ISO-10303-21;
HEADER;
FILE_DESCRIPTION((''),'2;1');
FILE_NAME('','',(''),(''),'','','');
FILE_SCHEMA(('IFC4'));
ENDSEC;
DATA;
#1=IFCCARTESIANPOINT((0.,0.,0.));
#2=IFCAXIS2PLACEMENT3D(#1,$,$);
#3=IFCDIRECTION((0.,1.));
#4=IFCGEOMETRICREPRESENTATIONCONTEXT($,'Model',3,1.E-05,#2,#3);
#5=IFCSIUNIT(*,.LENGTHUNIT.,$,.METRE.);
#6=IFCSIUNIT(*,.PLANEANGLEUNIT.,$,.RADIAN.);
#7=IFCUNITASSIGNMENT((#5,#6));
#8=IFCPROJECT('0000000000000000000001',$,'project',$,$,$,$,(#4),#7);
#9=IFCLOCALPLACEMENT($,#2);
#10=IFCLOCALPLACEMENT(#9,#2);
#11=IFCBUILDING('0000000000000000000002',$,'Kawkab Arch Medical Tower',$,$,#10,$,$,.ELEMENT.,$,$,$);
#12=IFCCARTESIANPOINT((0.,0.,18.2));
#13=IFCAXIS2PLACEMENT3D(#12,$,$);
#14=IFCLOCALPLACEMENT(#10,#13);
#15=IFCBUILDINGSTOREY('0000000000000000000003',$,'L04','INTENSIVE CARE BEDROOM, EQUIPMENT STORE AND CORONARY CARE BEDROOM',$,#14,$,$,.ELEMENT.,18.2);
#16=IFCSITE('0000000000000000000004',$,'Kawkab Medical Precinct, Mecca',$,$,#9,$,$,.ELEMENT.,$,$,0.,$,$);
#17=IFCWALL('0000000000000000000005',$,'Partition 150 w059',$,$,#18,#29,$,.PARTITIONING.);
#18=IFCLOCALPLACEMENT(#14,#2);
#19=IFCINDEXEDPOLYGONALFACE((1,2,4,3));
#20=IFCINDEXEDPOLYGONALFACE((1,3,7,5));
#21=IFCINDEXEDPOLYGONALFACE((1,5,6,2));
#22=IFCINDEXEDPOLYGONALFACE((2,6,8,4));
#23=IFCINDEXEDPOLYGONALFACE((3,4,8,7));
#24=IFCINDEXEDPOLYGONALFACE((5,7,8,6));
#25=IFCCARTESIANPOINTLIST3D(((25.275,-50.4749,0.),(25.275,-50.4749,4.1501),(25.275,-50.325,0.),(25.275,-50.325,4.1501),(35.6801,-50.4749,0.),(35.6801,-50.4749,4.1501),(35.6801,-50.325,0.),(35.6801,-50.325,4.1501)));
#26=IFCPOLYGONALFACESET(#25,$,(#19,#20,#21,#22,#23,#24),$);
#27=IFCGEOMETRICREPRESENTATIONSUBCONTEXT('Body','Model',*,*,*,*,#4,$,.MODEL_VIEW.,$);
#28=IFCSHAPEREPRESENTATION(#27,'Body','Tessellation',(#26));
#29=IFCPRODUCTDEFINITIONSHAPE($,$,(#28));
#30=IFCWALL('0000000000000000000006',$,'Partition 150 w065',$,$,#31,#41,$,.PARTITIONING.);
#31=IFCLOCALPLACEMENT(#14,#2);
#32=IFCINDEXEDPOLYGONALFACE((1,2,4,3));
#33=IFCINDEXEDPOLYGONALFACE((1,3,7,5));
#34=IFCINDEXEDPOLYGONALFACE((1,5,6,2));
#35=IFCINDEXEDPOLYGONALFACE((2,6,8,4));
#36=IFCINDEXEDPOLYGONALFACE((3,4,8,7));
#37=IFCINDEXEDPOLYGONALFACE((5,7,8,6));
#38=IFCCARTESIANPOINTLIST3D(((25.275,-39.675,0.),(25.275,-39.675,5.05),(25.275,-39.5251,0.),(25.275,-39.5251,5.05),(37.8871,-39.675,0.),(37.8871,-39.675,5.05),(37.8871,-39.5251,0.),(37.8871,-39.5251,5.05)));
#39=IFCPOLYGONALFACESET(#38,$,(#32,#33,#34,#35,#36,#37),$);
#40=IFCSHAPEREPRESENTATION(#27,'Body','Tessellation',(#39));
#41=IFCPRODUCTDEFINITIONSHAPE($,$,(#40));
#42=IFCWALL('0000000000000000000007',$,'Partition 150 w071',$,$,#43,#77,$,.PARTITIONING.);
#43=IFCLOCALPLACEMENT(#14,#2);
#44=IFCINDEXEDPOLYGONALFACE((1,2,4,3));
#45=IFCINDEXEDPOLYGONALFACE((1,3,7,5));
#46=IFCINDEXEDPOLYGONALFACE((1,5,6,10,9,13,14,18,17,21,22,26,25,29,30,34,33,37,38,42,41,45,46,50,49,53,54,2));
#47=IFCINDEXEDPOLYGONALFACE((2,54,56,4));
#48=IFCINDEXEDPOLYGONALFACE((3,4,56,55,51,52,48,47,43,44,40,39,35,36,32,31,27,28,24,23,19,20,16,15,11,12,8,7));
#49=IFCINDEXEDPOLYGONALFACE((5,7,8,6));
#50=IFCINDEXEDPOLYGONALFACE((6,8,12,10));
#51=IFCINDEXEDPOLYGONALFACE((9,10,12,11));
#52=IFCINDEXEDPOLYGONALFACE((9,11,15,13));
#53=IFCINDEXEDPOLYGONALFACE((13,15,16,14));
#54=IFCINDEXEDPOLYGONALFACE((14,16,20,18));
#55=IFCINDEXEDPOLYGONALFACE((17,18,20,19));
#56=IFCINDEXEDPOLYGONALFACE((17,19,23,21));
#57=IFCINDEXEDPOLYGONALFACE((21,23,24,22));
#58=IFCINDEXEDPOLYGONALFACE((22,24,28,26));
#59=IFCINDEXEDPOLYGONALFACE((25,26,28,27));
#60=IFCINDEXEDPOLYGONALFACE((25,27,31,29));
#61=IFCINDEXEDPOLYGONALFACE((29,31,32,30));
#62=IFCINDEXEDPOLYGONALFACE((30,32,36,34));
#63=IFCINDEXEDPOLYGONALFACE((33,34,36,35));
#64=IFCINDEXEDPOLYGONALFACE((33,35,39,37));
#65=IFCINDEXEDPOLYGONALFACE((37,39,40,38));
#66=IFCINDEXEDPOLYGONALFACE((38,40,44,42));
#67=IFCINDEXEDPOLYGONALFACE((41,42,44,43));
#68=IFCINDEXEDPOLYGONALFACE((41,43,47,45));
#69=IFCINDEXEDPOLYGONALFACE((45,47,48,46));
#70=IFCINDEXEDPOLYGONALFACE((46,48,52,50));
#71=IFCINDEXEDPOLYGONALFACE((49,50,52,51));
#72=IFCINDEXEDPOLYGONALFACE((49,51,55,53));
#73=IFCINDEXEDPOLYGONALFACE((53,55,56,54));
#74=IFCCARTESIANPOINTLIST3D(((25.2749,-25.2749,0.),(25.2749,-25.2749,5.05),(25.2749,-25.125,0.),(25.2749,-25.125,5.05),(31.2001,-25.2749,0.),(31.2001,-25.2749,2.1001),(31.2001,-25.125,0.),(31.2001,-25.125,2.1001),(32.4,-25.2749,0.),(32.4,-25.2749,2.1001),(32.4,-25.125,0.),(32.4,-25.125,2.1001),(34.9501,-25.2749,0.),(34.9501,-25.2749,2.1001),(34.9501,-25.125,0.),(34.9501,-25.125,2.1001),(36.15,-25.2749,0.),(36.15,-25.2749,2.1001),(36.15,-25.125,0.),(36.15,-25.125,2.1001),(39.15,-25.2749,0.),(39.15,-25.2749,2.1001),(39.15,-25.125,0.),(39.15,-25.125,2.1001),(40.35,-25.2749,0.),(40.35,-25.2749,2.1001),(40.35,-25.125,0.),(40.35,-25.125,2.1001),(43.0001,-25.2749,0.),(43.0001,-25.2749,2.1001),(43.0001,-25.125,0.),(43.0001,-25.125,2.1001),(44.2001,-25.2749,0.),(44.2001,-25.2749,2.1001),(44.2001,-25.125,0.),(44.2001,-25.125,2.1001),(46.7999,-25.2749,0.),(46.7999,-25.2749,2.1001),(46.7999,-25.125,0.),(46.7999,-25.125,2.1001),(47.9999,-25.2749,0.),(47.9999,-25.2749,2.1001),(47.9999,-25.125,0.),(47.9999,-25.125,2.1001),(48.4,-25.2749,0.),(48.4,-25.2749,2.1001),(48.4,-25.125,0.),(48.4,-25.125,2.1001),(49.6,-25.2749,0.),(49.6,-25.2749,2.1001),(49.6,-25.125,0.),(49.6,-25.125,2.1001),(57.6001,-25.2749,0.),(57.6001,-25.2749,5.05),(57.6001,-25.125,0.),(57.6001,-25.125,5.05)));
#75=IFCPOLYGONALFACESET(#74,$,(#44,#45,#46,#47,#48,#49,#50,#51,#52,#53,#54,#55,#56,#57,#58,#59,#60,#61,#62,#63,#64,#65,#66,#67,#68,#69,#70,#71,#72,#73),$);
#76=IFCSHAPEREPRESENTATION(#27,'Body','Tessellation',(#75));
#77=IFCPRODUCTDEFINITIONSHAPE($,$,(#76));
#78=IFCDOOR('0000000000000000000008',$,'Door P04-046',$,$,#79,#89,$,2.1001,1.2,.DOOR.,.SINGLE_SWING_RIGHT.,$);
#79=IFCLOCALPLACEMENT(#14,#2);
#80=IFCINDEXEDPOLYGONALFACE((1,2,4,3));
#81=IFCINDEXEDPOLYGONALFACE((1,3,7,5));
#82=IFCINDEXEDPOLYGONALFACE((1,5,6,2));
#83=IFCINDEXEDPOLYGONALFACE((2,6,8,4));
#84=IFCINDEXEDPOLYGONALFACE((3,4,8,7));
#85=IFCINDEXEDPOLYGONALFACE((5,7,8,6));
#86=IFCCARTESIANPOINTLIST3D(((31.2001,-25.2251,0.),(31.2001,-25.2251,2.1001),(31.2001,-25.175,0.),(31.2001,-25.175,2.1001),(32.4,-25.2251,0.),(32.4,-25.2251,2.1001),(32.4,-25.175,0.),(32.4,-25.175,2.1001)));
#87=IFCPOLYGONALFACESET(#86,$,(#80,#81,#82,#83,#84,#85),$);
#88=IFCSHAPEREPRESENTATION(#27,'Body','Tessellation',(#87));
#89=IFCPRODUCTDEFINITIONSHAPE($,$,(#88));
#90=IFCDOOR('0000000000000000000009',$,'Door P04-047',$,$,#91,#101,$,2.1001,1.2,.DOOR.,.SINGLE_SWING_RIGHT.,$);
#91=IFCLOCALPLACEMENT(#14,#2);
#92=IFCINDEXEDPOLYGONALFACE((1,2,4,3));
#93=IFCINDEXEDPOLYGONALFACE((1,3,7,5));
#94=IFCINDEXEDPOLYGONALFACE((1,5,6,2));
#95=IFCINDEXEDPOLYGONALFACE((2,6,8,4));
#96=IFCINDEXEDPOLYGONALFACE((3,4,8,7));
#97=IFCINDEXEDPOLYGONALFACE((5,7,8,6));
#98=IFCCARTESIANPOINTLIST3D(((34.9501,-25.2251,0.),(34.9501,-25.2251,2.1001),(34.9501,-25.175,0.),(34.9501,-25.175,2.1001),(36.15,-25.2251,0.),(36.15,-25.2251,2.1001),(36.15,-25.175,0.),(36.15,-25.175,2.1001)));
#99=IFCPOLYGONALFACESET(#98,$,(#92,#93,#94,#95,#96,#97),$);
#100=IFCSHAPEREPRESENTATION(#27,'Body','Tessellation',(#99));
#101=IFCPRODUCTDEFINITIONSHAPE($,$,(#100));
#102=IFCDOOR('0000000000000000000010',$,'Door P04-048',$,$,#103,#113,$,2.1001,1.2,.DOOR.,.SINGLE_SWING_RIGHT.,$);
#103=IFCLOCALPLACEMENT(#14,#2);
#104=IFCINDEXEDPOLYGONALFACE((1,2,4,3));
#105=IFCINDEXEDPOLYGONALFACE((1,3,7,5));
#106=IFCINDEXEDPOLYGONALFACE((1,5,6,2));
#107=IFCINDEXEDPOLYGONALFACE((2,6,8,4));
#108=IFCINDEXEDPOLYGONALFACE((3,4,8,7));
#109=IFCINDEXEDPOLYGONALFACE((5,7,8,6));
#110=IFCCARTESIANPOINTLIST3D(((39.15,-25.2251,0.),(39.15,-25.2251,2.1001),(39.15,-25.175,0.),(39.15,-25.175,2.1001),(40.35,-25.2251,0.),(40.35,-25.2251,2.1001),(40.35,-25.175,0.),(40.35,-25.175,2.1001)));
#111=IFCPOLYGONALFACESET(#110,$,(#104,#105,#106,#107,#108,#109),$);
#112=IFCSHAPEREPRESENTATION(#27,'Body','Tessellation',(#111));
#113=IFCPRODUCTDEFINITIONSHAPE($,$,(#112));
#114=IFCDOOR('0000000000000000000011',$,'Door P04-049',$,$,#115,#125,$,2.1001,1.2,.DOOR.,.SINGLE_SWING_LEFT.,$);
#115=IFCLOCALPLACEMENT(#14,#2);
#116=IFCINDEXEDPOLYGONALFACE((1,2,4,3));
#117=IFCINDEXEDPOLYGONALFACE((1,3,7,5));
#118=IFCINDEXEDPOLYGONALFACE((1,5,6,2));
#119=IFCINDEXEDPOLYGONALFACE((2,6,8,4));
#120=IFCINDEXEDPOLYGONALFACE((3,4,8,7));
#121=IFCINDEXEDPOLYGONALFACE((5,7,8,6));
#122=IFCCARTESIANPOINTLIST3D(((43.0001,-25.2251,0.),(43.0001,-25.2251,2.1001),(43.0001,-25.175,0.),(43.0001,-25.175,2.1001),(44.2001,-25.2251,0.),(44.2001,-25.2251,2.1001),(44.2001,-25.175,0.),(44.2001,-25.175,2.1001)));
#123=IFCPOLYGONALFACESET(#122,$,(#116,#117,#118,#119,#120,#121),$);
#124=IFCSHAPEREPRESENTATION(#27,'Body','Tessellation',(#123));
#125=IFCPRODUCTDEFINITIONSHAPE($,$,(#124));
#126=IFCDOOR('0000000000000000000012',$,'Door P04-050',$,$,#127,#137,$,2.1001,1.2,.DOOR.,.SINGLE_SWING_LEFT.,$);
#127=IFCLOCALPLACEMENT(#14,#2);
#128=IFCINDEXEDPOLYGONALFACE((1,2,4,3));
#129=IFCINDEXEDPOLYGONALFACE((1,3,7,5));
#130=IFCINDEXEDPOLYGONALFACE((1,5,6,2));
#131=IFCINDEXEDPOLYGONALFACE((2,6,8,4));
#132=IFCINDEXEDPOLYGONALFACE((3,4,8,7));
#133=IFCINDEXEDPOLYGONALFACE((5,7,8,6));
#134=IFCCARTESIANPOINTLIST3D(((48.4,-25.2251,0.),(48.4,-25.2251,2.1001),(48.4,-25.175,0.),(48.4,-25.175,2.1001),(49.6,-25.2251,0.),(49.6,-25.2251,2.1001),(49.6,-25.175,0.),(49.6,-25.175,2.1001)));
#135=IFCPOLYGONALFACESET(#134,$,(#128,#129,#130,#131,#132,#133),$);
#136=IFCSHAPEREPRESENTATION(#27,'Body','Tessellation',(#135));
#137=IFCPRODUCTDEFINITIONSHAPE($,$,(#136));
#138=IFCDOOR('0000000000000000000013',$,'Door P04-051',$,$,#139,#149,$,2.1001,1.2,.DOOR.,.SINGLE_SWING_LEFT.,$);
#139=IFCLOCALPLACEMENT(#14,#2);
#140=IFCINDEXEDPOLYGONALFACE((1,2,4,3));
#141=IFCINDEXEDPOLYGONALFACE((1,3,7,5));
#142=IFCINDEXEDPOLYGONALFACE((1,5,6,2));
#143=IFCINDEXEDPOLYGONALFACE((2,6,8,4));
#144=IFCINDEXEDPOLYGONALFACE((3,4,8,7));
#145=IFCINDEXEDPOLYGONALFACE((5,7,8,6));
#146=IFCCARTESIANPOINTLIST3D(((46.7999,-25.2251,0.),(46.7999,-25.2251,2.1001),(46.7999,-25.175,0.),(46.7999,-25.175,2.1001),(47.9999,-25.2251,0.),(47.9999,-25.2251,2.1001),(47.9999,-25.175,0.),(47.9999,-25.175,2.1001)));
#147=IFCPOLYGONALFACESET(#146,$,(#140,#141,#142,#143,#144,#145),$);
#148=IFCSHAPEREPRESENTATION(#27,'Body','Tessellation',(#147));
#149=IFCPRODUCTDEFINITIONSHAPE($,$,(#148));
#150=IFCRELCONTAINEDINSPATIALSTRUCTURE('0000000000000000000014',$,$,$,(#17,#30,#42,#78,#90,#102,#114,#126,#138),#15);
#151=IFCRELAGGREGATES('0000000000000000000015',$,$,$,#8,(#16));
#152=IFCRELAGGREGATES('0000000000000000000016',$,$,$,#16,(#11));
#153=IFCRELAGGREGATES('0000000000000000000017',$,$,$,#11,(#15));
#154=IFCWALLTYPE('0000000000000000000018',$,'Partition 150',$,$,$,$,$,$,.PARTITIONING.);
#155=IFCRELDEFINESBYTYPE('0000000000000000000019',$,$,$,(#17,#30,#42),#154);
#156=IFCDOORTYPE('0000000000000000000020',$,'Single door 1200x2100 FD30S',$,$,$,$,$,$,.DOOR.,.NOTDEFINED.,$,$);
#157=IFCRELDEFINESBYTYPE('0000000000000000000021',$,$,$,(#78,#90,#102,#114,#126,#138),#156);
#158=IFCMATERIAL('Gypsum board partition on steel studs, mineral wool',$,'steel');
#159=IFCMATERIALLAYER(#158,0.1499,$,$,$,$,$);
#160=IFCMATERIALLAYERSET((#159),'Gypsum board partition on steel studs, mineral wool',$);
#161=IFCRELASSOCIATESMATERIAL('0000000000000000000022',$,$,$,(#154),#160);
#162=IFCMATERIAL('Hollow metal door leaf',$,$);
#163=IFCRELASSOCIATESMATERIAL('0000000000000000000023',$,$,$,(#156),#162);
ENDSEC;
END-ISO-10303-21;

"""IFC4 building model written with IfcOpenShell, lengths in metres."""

from ifc_helpers import new_model, si_unit, direction, frame, frame_2d, origin, place, context, subcontext, project, spatial, rectangle, extrude, material, layer, layer_set, type_object, element, fill, save


model = new_model("IFC4")

# Units and contexts
model_context = context("Model", 3, precision=1e-05, world=origin(), true_north=direction((0.0, 1.0)))
body_context = subcontext(model_context, "Body", "Model", "MODEL_VIEW")
ifc_project = project(units=[si_unit("LENGTHUNIT", "METRE"), si_unit("PLANEANGLEUNIT", "RADIAN")], contexts=[model_context])

# Site, building, storey
site_placement = place(None, origin())
site = spatial("IfcSite", under=ifc_project, at=site_placement, Name="Kawkab Medical Precinct, Mecca", CompositionType="ELEMENT", RefElevation=0.0)
building_placement = place(site_placement, origin())
building = spatial("IfcBuilding", under=site, at=building_placement, Name="Kawkab Arch Medical Tower", CompositionType="ELEMENT")
storey_placement = place(building_placement, frame((0.0, 0.0, 18.2)))
storey = spatial("IfcBuildingStorey", under=building, at=storey_placement, Name="L04", Description="INTENSIVE CARE BEDROOM, EQUIPMENT STORE AND CORONARY CARE BEDROOM", CompositionType="ELEMENT", Elevation=18.2)

# Walls
ifc_material_1 = material(Name="Gypsum board partition on steel studs, mineral wool", Category="steel")
ifc_layer_1 = layer(ifc_material_1, 0.1499)
ifc_layer_set_1 = layer_set([ifc_layer_1], Name="Gypsum board partition on steel studs, mineral wool")
wall_type_1 = type_object("IfcWallType", Name="Partition 150", PredefinedType="PARTITIONING", material=ifc_layer_set_1)
wall_1_placement = place(storey_placement, frame((25.2749, -50.3999, 0.0), z_axis=(0.0, 0.0, 1.0), x_axis=(1.0, 0.0, 0.0)))
element("IfcWall", 1, at=wall_1_placement, inside=storey, type_object=wall_type_1, Name="Partition 150 w059", PredefinedType="PARTITIONING", context=body_context, shape_type="SweptSolid", body=[
    extrude(rectangle(XDim=10.405, YDim=0.1499, at=frame_2d((5.2026, 0.0))), origin(), (0.0, 0.0, 1.0), 4.1501),
])
wall_2_placement = place(storey_placement, frame((25.2749, -39.6001, 0.0), z_axis=(0.0, 0.0, 1.0), x_axis=(1.0, 0.0, 0.0)))
element("IfcWall", 2, at=wall_2_placement, inside=storey, type_object=wall_type_1, Name="Partition 150 w065", PredefinedType="PARTITIONING", context=body_context, shape_type="SweptSolid", body=[
    extrude(rectangle(XDim=12.6121, YDim=0.1499, at=frame_2d((6.3062, 0.0))), origin(), (0.0, 0.0, 1.0), 5.05),
])

# Wall, openings, doors
wall_3_placement = place(storey_placement, frame((25.2749, -25.2, 0.0), z_axis=(0.0, 0.0, 1.0), x_axis=(1.0, 0.0, 0.0)))
wall_3 = element("IfcWall", 3, at=wall_3_placement, inside=storey, type_object=wall_type_1, Name="Partition 150 w071", PredefinedType="PARTITIONING", context=body_context, shape_type="SweptSolid", body=[
    extrude(rectangle(XDim=32.3252, YDim=0.1499, at=frame_2d((16.1626, 0.0))), origin(), (0.0, 0.0, 1.0), 5.05),
])
opening_1_placement = place(wall_3_placement, frame((5.925, 0.0, 0.0)))
opening_1 = element("IfcOpeningElement", 4, at=opening_1_placement, cuts=wall_3, PredefinedType="OPENING", context=body_context, shape_type="SweptSolid", body=[
    extrude(rectangle(XDim=1.2, YDim=2.1001, at=frame_2d((0.6001, 1.05))), frame((0.0, 0.085, 0.0), z_axis=(0.0, -1.0, 0.0), x_axis=(1.0, 0.0, 0.0)), (0.0, 0.0, 1.0), 0.1699),
])
opening_2_placement = place(wall_3_placement, frame((9.675, 0.0, 0.0)))
opening_2 = element("IfcOpeningElement", 5, at=opening_2_placement, cuts=wall_3, PredefinedType="OPENING", context=body_context, shape_type="SweptSolid", body=[
    extrude(rectangle(XDim=1.2, YDim=2.1001, at=frame_2d((0.6001, 1.05))), frame((0.0, 0.085, 0.0), z_axis=(0.0, -1.0, 0.0), x_axis=(1.0, 0.0, 0.0)), (0.0, 0.0, 1.0), 0.1699),
])
opening_3_placement = place(wall_3_placement, frame((13.875, 0.0, 0.0)))
opening_3 = element("IfcOpeningElement", 6, at=opening_3_placement, cuts=wall_3, PredefinedType="OPENING", context=body_context, shape_type="SweptSolid", body=[
    extrude(rectangle(XDim=1.2, YDim=2.1001, at=frame_2d((0.6001, 1.05))), frame((0.0, 0.085, 0.0), z_axis=(0.0, -1.0, 0.0), x_axis=(1.0, 0.0, 0.0)), (0.0, 0.0, 1.0), 0.1699),
])
opening_4_placement = place(wall_3_placement, frame((17.7251, 0.0, 0.0)))
opening_4 = element("IfcOpeningElement", 7, at=opening_4_placement, cuts=wall_3, PredefinedType="OPENING", context=body_context, shape_type="SweptSolid", body=[
    extrude(rectangle(XDim=1.2, YDim=2.1001, at=frame_2d((0.6001, 1.05))), frame((0.0, 0.085, 0.0), z_axis=(0.0, -1.0, 0.0), x_axis=(1.0, 0.0, 0.0)), (0.0, 0.0, 1.0), 0.1699),
])
opening_5_placement = place(wall_3_placement, frame((23.125, 0.0, 0.0)))
opening_5 = element("IfcOpeningElement", 8, at=opening_5_placement, cuts=wall_3, PredefinedType="OPENING", context=body_context, shape_type="SweptSolid", body=[
    extrude(rectangle(XDim=1.2, YDim=2.1001, at=frame_2d((0.6001, 1.05))), frame((0.0, 0.085, 0.0), z_axis=(0.0, -1.0, 0.0), x_axis=(1.0, 0.0, 0.0)), (0.0, 0.0, 1.0), 0.1699),
])
opening_6_placement = place(wall_3_placement, frame((21.5249, 0.0, 0.0)))
opening_6 = element("IfcOpeningElement", 9, at=opening_6_placement, cuts=wall_3, PredefinedType="OPENING", context=body_context, shape_type="SweptSolid", body=[
    extrude(rectangle(XDim=1.2, YDim=2.1001, at=frame_2d((0.6001, 1.05))), frame((0.0, 0.085, 0.0), z_axis=(0.0, -1.0, 0.0), x_axis=(1.0, 0.0, 0.0)), (0.0, 0.0, 1.0), 0.1699),
])
ifc_material_2 = material(Name="Hollow metal door leaf")
door_type_1 = type_object("IfcDoorType", Name="Single door 1200x2100 FD30S", OperationType="NOTDEFINED", PredefinedType="DOOR", material=ifc_material_2)
door_1_placement = place(opening_1_placement, origin())
door_1 = element("IfcDoor", 10, at=door_1_placement, inside=storey, type_object=door_type_1, Name="Door P04-046", OperationType="SINGLE_SWING_RIGHT", OverallHeight=2.1001, OverallWidth=1.2, PredefinedType="DOOR", context=body_context, shape_type="SweptSolid", body=[
    extrude(rectangle(XDim=1.2, YDim=2.1001, at=frame_2d((0.6001, 1.05))), frame((0.0, 0.0249, 0.0), z_axis=(0.0, -1.0, 0.0), x_axis=(1.0, 0.0, 0.0)), (0.0, 0.0, 1.0), 0.05),
])
fill(opening_1, door_1)
door_2_placement = place(opening_2_placement, origin())
door_2 = element("IfcDoor", 11, at=door_2_placement, inside=storey, type_object=door_type_1, Name="Door P04-047", OperationType="SINGLE_SWING_RIGHT", OverallHeight=2.1001, OverallWidth=1.2, PredefinedType="DOOR", context=body_context, shape_type="SweptSolid", body=[
    extrude(rectangle(XDim=1.2, YDim=2.1001, at=frame_2d((0.6001, 1.05))), frame((0.0, 0.0249, 0.0), z_axis=(0.0, -1.0, 0.0), x_axis=(1.0, 0.0, 0.0)), (0.0, 0.0, 1.0), 0.05),
])
fill(opening_2, door_2)
door_3_placement = place(opening_3_placement, origin())
door_3 = element("IfcDoor", 12, at=door_3_placement, inside=storey, type_object=door_type_1, Name="Door P04-048", OperationType="SINGLE_SWING_RIGHT", OverallHeight=2.1001, OverallWidth=1.2, PredefinedType="DOOR", context=body_context, shape_type="SweptSolid", body=[
    extrude(rectangle(XDim=1.2, YDim=2.1001, at=frame_2d((0.6001, 1.05))), frame((0.0, 0.0249, 0.0), z_axis=(0.0, -1.0, 0.0), x_axis=(1.0, 0.0, 0.0)), (0.0, 0.0, 1.0), 0.05),
])
fill(opening_3, door_3)
door_4_placement = place(opening_4_placement, origin())
door_4 = element("IfcDoor", 13, at=door_4_placement, inside=storey, type_object=door_type_1, Name="Door P04-049", OperationType="SINGLE_SWING_LEFT", OverallHeight=2.1001, OverallWidth=1.2, PredefinedType="DOOR", context=body_context, shape_type="SweptSolid", body=[
    extrude(rectangle(XDim=1.2, YDim=2.1001, at=frame_2d((0.6001, 1.05))), frame((0.0, 0.0249, 0.0), z_axis=(0.0, -1.0, 0.0), x_axis=(1.0, 0.0, 0.0)), (0.0, 0.0, 1.0), 0.05),
])
fill(opening_4, door_4)
door_5_placement = place(opening_5_placement, origin())
door_5 = element("IfcDoor", 14, at=door_5_placement, inside=storey, type_object=door_type_1, Name="Door P04-050", OperationType="SINGLE_SWING_LEFT", OverallHeight=2.1001, OverallWidth=1.2, PredefinedType="DOOR", context=body_context, shape_type="SweptSolid", body=[
    extrude(rectangle(XDim=1.2, YDim=2.1001, at=frame_2d((0.6001, 1.05))), frame((0.0, 0.0249, 0.0), z_axis=(0.0, -1.0, 0.0), x_axis=(1.0, 0.0, 0.0)), (0.0, 0.0, 1.0), 0.05),
])
fill(opening_5, door_5)
door_6_placement = place(opening_6_placement, origin())
door_6 = element("IfcDoor", 15, at=door_6_placement, inside=storey, type_object=door_type_1, Name="Door P04-051", OperationType="SINGLE_SWING_LEFT", OverallHeight=2.1001, OverallWidth=1.2, PredefinedType="DOOR", context=body_context, shape_type="SweptSolid", body=[
    extrude(rectangle(XDim=1.2, YDim=2.1001, at=frame_2d((0.6001, 1.05))), frame((0.0, 0.0249, 0.0), z_axis=(0.0, -1.0, 0.0), x_axis=(1.0, 0.0, 0.0)), (0.0, 0.0, 1.0), 0.05),
])
fill(opening_6, door_6)

save(model, "model.ifc")
